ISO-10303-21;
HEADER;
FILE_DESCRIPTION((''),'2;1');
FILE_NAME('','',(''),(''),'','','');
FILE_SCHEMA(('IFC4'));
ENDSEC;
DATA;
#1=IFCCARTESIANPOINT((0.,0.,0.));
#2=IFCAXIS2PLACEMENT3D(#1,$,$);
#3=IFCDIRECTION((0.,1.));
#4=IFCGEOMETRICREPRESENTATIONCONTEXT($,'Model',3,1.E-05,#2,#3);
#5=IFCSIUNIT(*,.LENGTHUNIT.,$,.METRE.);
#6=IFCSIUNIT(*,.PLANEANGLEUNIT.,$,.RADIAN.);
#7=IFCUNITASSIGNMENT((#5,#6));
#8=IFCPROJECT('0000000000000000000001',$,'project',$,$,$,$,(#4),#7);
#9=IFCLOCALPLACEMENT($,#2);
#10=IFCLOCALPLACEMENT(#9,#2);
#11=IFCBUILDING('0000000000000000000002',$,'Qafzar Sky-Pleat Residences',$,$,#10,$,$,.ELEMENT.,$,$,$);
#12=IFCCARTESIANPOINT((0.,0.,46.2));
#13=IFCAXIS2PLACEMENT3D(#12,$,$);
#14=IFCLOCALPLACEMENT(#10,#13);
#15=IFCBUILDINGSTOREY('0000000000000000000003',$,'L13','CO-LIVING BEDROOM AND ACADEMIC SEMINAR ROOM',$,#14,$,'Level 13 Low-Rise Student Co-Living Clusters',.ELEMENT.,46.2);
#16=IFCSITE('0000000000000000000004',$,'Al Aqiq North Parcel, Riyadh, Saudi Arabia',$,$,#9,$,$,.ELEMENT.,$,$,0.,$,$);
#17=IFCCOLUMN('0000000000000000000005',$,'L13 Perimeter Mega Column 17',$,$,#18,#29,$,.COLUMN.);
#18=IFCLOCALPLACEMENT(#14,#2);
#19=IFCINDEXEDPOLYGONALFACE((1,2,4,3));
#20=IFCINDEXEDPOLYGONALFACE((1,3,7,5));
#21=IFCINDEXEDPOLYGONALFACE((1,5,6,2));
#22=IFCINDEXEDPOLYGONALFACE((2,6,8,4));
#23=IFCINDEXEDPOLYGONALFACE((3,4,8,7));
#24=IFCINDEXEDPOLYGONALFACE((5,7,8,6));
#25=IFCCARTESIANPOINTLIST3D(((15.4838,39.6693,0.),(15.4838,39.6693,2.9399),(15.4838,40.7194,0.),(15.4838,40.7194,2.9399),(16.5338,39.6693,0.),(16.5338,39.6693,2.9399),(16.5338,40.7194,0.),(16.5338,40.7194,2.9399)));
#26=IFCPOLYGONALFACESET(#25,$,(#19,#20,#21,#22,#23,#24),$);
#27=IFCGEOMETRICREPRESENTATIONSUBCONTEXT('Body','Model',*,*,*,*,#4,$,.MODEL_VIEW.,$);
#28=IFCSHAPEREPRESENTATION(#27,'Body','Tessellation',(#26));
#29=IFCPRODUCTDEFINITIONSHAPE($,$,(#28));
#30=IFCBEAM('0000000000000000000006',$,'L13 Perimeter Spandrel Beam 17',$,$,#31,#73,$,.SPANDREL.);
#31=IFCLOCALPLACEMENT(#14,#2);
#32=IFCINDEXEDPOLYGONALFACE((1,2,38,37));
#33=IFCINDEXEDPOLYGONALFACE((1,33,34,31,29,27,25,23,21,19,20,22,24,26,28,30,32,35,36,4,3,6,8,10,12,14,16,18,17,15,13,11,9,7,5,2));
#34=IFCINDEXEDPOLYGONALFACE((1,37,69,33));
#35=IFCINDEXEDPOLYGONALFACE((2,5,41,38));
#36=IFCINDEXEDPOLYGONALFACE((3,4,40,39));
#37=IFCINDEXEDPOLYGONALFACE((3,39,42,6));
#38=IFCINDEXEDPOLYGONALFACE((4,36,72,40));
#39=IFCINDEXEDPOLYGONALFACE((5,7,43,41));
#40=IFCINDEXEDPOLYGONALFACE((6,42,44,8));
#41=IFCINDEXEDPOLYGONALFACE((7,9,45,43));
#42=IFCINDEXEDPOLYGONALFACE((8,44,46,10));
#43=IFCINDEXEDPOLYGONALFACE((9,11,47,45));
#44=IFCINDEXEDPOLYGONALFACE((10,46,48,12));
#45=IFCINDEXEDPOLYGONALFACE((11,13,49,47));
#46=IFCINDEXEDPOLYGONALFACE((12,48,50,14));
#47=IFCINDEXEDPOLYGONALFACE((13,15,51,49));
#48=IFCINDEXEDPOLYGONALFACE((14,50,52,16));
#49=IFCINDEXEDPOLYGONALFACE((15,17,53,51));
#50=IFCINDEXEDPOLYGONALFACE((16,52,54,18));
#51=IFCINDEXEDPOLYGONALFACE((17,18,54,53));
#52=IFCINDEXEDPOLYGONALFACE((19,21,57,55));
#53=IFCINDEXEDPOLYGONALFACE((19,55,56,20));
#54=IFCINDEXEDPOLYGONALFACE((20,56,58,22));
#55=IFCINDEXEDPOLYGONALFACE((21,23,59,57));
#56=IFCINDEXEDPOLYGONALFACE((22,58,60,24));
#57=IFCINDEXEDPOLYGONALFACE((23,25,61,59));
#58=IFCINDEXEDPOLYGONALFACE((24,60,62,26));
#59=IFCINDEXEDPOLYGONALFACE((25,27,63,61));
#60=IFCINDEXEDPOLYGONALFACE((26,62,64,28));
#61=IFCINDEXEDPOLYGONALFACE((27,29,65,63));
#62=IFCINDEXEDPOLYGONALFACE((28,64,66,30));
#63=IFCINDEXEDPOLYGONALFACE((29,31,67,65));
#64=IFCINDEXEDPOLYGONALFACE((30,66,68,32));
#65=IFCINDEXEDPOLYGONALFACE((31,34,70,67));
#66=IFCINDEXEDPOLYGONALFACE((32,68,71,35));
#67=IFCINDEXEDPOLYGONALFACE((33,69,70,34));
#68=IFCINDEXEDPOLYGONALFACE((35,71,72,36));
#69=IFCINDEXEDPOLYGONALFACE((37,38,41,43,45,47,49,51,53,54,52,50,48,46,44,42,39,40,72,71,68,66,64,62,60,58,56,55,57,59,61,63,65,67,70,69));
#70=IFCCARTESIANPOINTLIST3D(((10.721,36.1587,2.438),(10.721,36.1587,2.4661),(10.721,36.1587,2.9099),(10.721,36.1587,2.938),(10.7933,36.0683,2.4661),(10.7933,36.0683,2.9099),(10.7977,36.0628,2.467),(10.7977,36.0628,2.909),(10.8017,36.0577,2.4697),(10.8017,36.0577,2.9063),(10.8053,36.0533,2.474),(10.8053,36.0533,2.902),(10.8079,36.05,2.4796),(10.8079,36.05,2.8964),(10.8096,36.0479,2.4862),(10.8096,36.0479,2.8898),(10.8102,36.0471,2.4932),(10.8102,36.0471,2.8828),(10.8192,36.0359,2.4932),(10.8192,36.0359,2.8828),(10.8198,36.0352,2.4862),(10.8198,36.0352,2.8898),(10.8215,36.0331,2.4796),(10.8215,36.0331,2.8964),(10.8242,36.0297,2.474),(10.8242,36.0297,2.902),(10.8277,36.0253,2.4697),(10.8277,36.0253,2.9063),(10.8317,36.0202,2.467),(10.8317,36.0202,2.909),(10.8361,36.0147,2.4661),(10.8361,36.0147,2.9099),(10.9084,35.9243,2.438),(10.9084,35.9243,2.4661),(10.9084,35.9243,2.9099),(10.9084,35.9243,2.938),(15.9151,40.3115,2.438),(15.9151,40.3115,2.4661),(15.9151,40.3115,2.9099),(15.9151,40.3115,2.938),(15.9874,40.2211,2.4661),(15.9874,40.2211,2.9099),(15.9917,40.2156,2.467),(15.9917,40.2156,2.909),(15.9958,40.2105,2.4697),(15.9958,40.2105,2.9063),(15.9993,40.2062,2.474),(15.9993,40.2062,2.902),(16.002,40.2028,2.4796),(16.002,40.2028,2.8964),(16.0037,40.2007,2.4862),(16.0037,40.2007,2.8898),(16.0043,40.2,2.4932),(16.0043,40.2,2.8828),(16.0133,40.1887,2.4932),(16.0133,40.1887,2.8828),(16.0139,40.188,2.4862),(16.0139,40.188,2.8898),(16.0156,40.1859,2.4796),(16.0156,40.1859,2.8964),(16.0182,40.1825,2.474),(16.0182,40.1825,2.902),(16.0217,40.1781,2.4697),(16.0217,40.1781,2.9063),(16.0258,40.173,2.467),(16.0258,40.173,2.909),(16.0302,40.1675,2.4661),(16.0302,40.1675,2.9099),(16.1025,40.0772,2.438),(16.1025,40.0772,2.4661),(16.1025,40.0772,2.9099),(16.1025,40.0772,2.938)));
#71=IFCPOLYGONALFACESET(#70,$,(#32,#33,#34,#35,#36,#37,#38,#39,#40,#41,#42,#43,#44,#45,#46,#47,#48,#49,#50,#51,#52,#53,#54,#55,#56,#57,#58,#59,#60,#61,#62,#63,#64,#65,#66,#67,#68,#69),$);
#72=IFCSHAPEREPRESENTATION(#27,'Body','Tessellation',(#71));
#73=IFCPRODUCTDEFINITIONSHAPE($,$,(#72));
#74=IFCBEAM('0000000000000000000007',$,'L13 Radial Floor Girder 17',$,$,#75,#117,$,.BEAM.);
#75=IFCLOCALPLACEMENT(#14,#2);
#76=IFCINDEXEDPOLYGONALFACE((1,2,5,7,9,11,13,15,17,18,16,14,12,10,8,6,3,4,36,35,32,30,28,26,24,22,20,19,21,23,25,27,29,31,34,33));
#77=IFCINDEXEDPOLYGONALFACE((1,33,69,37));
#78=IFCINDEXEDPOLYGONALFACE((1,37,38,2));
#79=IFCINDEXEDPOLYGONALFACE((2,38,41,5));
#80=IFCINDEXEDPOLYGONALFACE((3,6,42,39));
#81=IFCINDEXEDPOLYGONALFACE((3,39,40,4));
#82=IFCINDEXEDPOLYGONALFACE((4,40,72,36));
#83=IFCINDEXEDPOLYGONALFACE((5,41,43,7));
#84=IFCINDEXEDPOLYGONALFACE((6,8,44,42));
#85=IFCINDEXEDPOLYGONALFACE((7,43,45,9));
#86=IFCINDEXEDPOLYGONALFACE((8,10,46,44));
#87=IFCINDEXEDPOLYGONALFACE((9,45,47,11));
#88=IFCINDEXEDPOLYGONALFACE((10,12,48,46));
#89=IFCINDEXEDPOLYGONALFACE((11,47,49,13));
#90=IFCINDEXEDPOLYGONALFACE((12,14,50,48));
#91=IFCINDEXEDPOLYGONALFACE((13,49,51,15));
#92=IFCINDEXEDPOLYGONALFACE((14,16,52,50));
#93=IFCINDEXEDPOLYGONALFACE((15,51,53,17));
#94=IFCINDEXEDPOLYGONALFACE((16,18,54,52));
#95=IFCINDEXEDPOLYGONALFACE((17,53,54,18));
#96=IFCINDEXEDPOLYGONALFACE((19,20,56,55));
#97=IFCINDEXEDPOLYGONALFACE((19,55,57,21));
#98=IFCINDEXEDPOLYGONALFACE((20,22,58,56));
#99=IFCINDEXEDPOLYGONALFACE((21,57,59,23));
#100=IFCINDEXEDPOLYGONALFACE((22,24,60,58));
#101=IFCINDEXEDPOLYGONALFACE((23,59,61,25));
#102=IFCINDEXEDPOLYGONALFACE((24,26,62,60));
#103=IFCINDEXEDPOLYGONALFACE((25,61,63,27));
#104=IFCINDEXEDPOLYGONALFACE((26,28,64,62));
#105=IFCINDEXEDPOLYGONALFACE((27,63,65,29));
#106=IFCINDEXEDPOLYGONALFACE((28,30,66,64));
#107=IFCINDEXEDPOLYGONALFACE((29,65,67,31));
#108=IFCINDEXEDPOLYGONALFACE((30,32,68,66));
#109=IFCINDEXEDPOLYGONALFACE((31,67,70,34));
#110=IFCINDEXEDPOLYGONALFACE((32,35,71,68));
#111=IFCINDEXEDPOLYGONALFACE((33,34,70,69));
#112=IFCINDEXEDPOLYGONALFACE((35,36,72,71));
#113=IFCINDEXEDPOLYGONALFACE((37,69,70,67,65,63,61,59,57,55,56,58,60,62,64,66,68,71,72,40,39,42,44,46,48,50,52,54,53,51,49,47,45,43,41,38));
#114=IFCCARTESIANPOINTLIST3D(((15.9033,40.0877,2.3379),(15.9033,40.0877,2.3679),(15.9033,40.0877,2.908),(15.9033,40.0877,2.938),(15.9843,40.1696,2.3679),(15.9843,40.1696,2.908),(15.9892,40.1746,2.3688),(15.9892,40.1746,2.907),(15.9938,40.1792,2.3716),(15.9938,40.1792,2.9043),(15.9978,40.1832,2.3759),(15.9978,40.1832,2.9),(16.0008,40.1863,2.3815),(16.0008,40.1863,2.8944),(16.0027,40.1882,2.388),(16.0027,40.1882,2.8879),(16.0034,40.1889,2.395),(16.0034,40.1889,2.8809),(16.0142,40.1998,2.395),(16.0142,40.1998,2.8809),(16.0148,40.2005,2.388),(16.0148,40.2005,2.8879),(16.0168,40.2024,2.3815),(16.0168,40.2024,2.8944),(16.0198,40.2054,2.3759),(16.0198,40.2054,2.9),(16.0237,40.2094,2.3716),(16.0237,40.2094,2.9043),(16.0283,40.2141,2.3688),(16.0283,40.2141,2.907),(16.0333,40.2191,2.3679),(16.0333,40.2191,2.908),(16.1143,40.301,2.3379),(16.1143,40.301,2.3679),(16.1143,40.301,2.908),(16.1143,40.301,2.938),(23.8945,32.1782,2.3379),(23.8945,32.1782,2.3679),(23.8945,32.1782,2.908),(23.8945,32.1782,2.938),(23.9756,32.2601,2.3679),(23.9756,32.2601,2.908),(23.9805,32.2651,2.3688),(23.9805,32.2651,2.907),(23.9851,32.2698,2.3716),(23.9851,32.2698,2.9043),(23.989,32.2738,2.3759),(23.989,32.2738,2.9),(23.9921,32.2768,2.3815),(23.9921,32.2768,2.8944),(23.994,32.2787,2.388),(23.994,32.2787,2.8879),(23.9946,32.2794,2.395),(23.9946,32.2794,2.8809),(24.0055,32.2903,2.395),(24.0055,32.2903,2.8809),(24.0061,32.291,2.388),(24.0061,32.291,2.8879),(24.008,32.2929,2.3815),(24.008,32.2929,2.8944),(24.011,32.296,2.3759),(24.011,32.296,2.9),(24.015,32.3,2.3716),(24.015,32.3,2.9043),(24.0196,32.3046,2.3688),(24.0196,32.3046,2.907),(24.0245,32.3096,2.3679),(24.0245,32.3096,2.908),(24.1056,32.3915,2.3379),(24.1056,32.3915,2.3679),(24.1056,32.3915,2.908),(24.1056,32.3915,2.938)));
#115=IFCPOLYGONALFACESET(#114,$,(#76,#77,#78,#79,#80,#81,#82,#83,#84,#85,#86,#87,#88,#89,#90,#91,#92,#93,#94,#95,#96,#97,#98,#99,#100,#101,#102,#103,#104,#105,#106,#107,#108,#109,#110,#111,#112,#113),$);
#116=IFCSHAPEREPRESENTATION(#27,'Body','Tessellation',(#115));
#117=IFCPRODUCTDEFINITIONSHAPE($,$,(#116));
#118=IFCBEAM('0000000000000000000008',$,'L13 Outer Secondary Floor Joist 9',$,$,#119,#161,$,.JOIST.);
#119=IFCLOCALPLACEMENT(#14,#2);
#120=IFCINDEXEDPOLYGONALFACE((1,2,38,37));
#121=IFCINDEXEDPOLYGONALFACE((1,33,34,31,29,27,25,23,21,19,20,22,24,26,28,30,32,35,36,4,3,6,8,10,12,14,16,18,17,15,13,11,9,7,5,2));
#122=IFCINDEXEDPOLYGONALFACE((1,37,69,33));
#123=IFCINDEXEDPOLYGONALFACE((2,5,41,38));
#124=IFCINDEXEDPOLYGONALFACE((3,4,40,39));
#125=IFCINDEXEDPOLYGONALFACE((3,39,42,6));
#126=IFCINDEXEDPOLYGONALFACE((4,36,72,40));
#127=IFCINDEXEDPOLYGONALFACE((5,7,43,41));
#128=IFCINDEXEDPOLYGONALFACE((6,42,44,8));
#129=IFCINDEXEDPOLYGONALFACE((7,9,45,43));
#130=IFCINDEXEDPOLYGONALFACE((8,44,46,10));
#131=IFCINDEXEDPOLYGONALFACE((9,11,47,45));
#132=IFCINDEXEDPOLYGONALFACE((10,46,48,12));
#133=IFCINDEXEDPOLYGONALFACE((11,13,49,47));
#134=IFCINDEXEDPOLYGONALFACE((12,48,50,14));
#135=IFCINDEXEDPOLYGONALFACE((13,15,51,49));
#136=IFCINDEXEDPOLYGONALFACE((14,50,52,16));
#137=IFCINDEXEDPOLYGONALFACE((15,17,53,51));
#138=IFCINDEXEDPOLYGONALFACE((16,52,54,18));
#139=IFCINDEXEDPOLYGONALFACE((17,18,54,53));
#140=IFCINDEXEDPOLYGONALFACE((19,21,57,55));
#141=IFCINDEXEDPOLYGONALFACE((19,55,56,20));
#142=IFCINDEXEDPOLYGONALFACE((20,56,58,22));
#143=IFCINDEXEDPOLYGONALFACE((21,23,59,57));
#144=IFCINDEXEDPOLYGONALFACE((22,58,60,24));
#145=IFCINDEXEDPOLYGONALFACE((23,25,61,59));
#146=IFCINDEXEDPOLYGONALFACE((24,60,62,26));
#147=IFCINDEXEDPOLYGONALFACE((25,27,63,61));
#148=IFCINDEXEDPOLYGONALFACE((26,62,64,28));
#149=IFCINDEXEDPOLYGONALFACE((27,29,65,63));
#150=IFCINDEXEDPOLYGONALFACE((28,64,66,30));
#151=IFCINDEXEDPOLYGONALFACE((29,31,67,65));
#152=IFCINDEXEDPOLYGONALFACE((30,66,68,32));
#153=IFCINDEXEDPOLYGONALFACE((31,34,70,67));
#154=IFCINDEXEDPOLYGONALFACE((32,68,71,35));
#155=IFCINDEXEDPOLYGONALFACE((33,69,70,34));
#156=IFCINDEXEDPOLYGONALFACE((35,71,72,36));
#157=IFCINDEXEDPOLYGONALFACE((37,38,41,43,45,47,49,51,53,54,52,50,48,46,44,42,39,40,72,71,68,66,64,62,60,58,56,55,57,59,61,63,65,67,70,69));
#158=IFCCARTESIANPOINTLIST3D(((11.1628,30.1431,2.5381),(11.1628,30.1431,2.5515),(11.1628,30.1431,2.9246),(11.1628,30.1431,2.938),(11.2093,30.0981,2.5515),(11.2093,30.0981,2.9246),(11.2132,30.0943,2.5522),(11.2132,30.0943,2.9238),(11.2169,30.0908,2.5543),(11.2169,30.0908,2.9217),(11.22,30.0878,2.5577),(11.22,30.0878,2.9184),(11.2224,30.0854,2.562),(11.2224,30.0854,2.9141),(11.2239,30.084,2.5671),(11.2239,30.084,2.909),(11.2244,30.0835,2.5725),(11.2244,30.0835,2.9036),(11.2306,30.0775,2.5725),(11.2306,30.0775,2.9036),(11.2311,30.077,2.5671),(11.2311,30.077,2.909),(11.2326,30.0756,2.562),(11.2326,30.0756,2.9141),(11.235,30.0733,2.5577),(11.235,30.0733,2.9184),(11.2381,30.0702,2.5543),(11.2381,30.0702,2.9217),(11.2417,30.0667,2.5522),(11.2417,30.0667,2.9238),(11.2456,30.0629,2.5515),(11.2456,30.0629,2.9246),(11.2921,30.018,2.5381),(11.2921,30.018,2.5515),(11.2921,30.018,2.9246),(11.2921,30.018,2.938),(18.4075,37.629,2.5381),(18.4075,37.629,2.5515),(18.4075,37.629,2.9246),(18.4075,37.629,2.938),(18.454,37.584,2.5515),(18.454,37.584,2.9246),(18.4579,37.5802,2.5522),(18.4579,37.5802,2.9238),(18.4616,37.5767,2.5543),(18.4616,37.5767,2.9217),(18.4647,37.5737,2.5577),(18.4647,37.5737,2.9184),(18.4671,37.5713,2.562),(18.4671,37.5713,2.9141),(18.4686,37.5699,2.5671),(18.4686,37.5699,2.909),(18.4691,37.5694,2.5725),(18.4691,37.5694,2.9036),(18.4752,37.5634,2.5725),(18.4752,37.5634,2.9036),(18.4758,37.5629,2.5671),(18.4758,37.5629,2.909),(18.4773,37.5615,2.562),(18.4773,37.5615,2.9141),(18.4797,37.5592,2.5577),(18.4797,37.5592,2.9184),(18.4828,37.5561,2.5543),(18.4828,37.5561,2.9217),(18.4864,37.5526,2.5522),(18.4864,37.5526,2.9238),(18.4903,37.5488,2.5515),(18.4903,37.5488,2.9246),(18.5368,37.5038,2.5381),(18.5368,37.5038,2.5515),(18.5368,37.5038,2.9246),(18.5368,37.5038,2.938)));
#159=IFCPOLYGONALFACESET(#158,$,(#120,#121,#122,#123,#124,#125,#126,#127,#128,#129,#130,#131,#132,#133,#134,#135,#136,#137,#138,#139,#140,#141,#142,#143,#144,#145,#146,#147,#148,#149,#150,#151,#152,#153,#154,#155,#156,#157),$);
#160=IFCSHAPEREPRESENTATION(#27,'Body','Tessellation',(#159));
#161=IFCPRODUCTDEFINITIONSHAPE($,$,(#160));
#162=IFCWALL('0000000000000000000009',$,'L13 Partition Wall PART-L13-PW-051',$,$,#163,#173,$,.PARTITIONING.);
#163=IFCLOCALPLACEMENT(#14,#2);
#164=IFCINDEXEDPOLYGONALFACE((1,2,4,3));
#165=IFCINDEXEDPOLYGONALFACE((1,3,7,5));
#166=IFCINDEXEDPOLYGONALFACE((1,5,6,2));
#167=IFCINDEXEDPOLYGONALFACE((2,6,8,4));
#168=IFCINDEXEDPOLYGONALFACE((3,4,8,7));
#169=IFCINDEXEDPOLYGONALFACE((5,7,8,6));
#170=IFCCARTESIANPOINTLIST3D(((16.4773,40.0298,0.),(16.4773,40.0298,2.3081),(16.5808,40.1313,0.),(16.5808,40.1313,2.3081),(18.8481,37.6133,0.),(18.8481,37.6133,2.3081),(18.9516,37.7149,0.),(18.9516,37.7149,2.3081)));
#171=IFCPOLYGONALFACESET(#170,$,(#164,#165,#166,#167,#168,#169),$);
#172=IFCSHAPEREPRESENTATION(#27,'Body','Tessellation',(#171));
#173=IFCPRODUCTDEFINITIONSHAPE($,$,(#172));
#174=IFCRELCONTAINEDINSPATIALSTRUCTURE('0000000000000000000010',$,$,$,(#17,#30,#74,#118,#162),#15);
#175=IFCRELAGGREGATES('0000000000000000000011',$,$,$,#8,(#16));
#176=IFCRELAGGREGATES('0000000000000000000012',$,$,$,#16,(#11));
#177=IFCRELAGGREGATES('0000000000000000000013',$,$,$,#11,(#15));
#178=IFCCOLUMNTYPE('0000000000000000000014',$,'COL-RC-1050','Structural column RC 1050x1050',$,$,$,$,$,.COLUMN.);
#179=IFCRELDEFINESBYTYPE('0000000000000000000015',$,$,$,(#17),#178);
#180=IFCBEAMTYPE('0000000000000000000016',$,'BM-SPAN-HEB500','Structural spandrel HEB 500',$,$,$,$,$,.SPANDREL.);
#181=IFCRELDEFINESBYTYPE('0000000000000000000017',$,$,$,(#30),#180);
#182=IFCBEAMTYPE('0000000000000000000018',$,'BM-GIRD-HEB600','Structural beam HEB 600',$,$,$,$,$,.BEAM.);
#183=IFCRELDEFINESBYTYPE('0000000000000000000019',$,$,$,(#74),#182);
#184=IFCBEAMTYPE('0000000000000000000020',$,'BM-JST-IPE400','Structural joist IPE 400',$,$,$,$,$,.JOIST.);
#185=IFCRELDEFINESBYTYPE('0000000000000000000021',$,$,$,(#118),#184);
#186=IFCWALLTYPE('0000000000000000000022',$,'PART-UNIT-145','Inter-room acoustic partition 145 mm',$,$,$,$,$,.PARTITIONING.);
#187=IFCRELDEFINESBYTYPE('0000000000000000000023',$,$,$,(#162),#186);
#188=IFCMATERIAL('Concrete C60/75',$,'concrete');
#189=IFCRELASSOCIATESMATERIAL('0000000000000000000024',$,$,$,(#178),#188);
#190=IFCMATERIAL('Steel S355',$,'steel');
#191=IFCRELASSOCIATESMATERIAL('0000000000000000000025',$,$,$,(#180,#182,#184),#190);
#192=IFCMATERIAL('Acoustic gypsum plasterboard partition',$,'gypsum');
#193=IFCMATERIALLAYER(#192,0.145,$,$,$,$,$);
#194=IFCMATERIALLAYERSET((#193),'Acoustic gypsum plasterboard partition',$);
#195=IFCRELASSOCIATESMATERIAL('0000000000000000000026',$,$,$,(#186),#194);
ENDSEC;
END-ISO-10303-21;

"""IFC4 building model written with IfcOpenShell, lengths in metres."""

from ifc_helpers import new_model, si_unit, direction, frame, frame_2d, origin, origin_2d, place, context, subcontext, project, spatial, rectangle, i_section, extrude, source, transform, mapped, material, layer, layer_set, material_profile, profile_set, type_object, element, save


model = new_model("IFC4")

# Units and contexts
model_context = context("Model", 3, precision=1e-05, world=origin(), true_north=direction((0.0, 1.0)))
body_context = subcontext(model_context, "Body", "Model", "MODEL_VIEW")
ifc_project = project(units=[si_unit("LENGTHUNIT", "METRE"), si_unit("PLANEANGLEUNIT", "RADIAN")], contexts=[model_context])

# Site, building, storey
site_placement = place(None, origin())
site = spatial("IfcSite", under=ifc_project, at=site_placement, Name="Al Aqiq North Parcel, Riyadh, Saudi Arabia", CompositionType="ELEMENT", RefElevation=0.0)
building_placement = place(site_placement, origin())
building = spatial("IfcBuilding", under=site, at=building_placement, Name="Qafzar Sky-Pleat Residences", CompositionType="ELEMENT")
storey_placement = place(building_placement, frame((0.0, 0.0, 46.2)))
storey = spatial("IfcBuildingStorey", under=building, at=storey_placement, Name="L13", Description="CO-LIVING BEDROOM AND ACADEMIC SEMINAR ROOM", LongName="Level 13 Low-Rise Student Co-Living Clusters", CompositionType="ELEMENT", Elevation=46.2)

# Column
ifc_material_1 = material(Name="Concrete C60/75", Category="concrete")
ifc_material_profile_1 = material_profile(ifc_material_1, rectangle(XDim=1.05, YDim=1.05, at=origin_2d()), Name="RC 1050x1050")
ifc_profile_set_1 = profile_set([ifc_material_profile_1], Name="Concrete C60/75")
column_type = type_object("IfcColumnType", Name="COL-RC-1050", Description="Structural column RC 1050x1050", PredefinedType="COLUMN", material=ifc_profile_set_1)
shared_shape_1 = source(origin(), body_context, "Body", "SweptSolid", [
    extrude(rectangle(XDim=1.05, YDim=1.05, at=origin_2d()), origin(), (0.0, 0.0, 1.0), 2.9399),
])
column_placement = place(storey_placement, frame((16.0088, 40.1943, 0.0), z_axis=(0.0, 0.0, 1.0), x_axis=(1.0, 0.0, 0.0)))
element("IfcColumn", 1, at=column_placement, inside=storey, type_object=column_type, Name="L13 Perimeter Mega Column 17", PredefinedType="COLUMN", context=body_context, shape_type="MappedRepresentation", body=[
    mapped(shared_shape_1, transform((0.0, 0.0, 0.0), x_axis=(1.0, 0.0, 0.0), y_axis=(0.0, 1.0, 0.0), z_axis=(0.0, 0.0, 1.0), scale=1.0)),
])

# Beams
ifc_material_2 = material(Name="Steel S355", Category="steel")
ifc_material_profile_2 = material_profile(ifc_material_2, i_section(OverallWidth=0.3, OverallDepth=0.5, WebThickness=0.0144, FlangeThickness=0.0281, FilletRadius=0.0271, at=origin_2d()), Name="HEB 500")
ifc_profile_set_2 = profile_set([ifc_material_profile_2], Name="Steel S355")
beam_type_1 = type_object("IfcBeamType", Name="BM-SPAN-HEB500", Description="Structural spandrel HEB 500", PredefinedType="SPANDREL", material=ifc_profile_set_2)
shared_shape_2 = source(origin(), body_context, "Body", "SweptSolid", [
    extrude(i_section(OverallWidth=0.3, OverallDepth=0.5, WebThickness=0.0144, FlangeThickness=0.0281, FilletRadius=0.0271, at=origin_2d()), origin(), (0.0, 0.0, 1.0), 6.6501),
])
beam_1_placement = place(storey_placement, frame((16.0088, 40.1943, 2.688), z_axis=(-0.781048, -0.624471, 0.0), x_axis=(0.624471, -0.781048, 0.0)))
element("IfcBeam", 2, at=beam_1_placement, inside=storey, type_object=beam_type_1, Name="L13 Perimeter Spandrel Beam 17", PredefinedType="SPANDREL", context=body_context, shape_type="MappedRepresentation", body=[
    mapped(shared_shape_2, transform((0.0, 0.0, 0.0), x_axis=(1.0, 0.0, 0.0), y_axis=(0.0, 1.0, 0.0), z_axis=(0.0, 0.0, 1.0), scale=1.0)),
])
ifc_material_profile_3 = material_profile(ifc_material_2, i_section(OverallWidth=0.3, OverallDepth=0.6001, WebThickness=0.0154, FlangeThickness=0.03, FilletRadius=0.0271, at=origin_2d()), Name="HEB 600")
ifc_profile_set_3 = profile_set([ifc_material_profile_3], Name="Steel S355")
beam_type_2 = type_object("IfcBeamType", Name="BM-GIRD-HEB600", Description="Structural beam HEB 600", PredefinedType="BEAM", material=ifc_profile_set_3)
shared_shape_3 = source(origin(), body_context, "Body", "SweptSolid", [
    extrude(i_section(OverallWidth=0.3, OverallDepth=0.6001, WebThickness=0.0154, FlangeThickness=0.03, FilletRadius=0.0271, at=origin_2d()), origin(), (0.0, 0.0, 1.0), 11.2437),
])
beam_2_placement = place(storey_placement, frame((16.0088, 40.1943, 2.6379), z_axis=(0.710734, -0.70346, 0.0), x_axis=(0.70346, 0.710734, 0.0)))
element("IfcBeam", 3, at=beam_2_placement, inside=storey, type_object=beam_type_2, Name="L13 Radial Floor Girder 17", PredefinedType="BEAM", context=body_context, shape_type="MappedRepresentation", body=[
    mapped(shared_shape_3, transform((0.0, 0.0, 0.0), x_axis=(1.0, 0.0, 0.0), y_axis=(0.0, 1.0, 0.0), z_axis=(0.0, 0.0, 1.0), scale=1.0)),
])
ifc_material_profile_4 = material_profile(ifc_material_2, i_section(OverallWidth=0.1799, OverallDepth=0.3999, WebThickness=0.0085, FlangeThickness=0.0134, FilletRadius=0.021, at=origin_2d()), Name="IPE 400")
ifc_profile_set_4 = profile_set([ifc_material_profile_4], Name="Steel S355")
beam_type_3 = type_object("IfcBeamType", Name="BM-JST-IPE400", Description="Structural joist IPE 400", PredefinedType="JOIST", material=ifc_profile_set_4)
shared_shape_4 = source(origin(), body_context, "Body", "SweptSolid", [
    extrude(i_section(OverallWidth=0.1799, OverallDepth=0.3999, WebThickness=0.0085, FlangeThickness=0.0134, FilletRadius=0.021, at=origin_2d()), origin(), (0.0, 0.0, 1.0), 10.4175),
])
beam_3_placement = place(storey_placement, frame((18.4722, 37.5664, 2.738), z_axis=(-0.695435, -0.718589, 0.0), x_axis=(0.718589, -0.695435, 0.0)))
element("IfcBeam", 4, at=beam_3_placement, inside=storey, type_object=beam_type_3, Name="L13 Outer Secondary Floor Joist 9", PredefinedType="JOIST", context=body_context, shape_type="MappedRepresentation", body=[
    mapped(shared_shape_4, transform((0.0, 0.0, 0.0), x_axis=(1.0, 0.0, 0.0), y_axis=(0.0, 1.0, 0.0), z_axis=(0.0, 0.0, 1.0), scale=1.0)),
])

# Wall
ifc_material_3 = material(Name="Acoustic gypsum plasterboard partition", Category="gypsum")
ifc_layer_1 = layer(ifc_material_3, 0.145)
ifc_layer_set_1 = layer_set([ifc_layer_1], Name="Acoustic gypsum plasterboard partition")
wall_type_1 = type_object("IfcWallType", Name="PART-UNIT-145", Description="Inter-room acoustic partition 145 mm", PredefinedType="PARTITIONING", material=ifc_layer_set_1)
wall_1_placement = place(storey_placement, frame((16.5291, 40.0806, 0.0), z_axis=(0.0, 0.0, 1.0), x_axis=(0.700332, -0.713818, 0.0)))
element("IfcWall", 5, at=wall_1_placement, inside=storey, type_object=wall_type_1, Name="L13 Partition Wall PART-L13-PW-051", PredefinedType="PARTITIONING", context=body_context, shape_type="SweptSolid", body=[
    extrude(rectangle(XDim=3.3853, YDim=0.145, at=frame_2d((1.6926, 0.0))), origin(), (0.0, 0.0, 1.0), 2.3081),
])

save(model, "model.ifc")
